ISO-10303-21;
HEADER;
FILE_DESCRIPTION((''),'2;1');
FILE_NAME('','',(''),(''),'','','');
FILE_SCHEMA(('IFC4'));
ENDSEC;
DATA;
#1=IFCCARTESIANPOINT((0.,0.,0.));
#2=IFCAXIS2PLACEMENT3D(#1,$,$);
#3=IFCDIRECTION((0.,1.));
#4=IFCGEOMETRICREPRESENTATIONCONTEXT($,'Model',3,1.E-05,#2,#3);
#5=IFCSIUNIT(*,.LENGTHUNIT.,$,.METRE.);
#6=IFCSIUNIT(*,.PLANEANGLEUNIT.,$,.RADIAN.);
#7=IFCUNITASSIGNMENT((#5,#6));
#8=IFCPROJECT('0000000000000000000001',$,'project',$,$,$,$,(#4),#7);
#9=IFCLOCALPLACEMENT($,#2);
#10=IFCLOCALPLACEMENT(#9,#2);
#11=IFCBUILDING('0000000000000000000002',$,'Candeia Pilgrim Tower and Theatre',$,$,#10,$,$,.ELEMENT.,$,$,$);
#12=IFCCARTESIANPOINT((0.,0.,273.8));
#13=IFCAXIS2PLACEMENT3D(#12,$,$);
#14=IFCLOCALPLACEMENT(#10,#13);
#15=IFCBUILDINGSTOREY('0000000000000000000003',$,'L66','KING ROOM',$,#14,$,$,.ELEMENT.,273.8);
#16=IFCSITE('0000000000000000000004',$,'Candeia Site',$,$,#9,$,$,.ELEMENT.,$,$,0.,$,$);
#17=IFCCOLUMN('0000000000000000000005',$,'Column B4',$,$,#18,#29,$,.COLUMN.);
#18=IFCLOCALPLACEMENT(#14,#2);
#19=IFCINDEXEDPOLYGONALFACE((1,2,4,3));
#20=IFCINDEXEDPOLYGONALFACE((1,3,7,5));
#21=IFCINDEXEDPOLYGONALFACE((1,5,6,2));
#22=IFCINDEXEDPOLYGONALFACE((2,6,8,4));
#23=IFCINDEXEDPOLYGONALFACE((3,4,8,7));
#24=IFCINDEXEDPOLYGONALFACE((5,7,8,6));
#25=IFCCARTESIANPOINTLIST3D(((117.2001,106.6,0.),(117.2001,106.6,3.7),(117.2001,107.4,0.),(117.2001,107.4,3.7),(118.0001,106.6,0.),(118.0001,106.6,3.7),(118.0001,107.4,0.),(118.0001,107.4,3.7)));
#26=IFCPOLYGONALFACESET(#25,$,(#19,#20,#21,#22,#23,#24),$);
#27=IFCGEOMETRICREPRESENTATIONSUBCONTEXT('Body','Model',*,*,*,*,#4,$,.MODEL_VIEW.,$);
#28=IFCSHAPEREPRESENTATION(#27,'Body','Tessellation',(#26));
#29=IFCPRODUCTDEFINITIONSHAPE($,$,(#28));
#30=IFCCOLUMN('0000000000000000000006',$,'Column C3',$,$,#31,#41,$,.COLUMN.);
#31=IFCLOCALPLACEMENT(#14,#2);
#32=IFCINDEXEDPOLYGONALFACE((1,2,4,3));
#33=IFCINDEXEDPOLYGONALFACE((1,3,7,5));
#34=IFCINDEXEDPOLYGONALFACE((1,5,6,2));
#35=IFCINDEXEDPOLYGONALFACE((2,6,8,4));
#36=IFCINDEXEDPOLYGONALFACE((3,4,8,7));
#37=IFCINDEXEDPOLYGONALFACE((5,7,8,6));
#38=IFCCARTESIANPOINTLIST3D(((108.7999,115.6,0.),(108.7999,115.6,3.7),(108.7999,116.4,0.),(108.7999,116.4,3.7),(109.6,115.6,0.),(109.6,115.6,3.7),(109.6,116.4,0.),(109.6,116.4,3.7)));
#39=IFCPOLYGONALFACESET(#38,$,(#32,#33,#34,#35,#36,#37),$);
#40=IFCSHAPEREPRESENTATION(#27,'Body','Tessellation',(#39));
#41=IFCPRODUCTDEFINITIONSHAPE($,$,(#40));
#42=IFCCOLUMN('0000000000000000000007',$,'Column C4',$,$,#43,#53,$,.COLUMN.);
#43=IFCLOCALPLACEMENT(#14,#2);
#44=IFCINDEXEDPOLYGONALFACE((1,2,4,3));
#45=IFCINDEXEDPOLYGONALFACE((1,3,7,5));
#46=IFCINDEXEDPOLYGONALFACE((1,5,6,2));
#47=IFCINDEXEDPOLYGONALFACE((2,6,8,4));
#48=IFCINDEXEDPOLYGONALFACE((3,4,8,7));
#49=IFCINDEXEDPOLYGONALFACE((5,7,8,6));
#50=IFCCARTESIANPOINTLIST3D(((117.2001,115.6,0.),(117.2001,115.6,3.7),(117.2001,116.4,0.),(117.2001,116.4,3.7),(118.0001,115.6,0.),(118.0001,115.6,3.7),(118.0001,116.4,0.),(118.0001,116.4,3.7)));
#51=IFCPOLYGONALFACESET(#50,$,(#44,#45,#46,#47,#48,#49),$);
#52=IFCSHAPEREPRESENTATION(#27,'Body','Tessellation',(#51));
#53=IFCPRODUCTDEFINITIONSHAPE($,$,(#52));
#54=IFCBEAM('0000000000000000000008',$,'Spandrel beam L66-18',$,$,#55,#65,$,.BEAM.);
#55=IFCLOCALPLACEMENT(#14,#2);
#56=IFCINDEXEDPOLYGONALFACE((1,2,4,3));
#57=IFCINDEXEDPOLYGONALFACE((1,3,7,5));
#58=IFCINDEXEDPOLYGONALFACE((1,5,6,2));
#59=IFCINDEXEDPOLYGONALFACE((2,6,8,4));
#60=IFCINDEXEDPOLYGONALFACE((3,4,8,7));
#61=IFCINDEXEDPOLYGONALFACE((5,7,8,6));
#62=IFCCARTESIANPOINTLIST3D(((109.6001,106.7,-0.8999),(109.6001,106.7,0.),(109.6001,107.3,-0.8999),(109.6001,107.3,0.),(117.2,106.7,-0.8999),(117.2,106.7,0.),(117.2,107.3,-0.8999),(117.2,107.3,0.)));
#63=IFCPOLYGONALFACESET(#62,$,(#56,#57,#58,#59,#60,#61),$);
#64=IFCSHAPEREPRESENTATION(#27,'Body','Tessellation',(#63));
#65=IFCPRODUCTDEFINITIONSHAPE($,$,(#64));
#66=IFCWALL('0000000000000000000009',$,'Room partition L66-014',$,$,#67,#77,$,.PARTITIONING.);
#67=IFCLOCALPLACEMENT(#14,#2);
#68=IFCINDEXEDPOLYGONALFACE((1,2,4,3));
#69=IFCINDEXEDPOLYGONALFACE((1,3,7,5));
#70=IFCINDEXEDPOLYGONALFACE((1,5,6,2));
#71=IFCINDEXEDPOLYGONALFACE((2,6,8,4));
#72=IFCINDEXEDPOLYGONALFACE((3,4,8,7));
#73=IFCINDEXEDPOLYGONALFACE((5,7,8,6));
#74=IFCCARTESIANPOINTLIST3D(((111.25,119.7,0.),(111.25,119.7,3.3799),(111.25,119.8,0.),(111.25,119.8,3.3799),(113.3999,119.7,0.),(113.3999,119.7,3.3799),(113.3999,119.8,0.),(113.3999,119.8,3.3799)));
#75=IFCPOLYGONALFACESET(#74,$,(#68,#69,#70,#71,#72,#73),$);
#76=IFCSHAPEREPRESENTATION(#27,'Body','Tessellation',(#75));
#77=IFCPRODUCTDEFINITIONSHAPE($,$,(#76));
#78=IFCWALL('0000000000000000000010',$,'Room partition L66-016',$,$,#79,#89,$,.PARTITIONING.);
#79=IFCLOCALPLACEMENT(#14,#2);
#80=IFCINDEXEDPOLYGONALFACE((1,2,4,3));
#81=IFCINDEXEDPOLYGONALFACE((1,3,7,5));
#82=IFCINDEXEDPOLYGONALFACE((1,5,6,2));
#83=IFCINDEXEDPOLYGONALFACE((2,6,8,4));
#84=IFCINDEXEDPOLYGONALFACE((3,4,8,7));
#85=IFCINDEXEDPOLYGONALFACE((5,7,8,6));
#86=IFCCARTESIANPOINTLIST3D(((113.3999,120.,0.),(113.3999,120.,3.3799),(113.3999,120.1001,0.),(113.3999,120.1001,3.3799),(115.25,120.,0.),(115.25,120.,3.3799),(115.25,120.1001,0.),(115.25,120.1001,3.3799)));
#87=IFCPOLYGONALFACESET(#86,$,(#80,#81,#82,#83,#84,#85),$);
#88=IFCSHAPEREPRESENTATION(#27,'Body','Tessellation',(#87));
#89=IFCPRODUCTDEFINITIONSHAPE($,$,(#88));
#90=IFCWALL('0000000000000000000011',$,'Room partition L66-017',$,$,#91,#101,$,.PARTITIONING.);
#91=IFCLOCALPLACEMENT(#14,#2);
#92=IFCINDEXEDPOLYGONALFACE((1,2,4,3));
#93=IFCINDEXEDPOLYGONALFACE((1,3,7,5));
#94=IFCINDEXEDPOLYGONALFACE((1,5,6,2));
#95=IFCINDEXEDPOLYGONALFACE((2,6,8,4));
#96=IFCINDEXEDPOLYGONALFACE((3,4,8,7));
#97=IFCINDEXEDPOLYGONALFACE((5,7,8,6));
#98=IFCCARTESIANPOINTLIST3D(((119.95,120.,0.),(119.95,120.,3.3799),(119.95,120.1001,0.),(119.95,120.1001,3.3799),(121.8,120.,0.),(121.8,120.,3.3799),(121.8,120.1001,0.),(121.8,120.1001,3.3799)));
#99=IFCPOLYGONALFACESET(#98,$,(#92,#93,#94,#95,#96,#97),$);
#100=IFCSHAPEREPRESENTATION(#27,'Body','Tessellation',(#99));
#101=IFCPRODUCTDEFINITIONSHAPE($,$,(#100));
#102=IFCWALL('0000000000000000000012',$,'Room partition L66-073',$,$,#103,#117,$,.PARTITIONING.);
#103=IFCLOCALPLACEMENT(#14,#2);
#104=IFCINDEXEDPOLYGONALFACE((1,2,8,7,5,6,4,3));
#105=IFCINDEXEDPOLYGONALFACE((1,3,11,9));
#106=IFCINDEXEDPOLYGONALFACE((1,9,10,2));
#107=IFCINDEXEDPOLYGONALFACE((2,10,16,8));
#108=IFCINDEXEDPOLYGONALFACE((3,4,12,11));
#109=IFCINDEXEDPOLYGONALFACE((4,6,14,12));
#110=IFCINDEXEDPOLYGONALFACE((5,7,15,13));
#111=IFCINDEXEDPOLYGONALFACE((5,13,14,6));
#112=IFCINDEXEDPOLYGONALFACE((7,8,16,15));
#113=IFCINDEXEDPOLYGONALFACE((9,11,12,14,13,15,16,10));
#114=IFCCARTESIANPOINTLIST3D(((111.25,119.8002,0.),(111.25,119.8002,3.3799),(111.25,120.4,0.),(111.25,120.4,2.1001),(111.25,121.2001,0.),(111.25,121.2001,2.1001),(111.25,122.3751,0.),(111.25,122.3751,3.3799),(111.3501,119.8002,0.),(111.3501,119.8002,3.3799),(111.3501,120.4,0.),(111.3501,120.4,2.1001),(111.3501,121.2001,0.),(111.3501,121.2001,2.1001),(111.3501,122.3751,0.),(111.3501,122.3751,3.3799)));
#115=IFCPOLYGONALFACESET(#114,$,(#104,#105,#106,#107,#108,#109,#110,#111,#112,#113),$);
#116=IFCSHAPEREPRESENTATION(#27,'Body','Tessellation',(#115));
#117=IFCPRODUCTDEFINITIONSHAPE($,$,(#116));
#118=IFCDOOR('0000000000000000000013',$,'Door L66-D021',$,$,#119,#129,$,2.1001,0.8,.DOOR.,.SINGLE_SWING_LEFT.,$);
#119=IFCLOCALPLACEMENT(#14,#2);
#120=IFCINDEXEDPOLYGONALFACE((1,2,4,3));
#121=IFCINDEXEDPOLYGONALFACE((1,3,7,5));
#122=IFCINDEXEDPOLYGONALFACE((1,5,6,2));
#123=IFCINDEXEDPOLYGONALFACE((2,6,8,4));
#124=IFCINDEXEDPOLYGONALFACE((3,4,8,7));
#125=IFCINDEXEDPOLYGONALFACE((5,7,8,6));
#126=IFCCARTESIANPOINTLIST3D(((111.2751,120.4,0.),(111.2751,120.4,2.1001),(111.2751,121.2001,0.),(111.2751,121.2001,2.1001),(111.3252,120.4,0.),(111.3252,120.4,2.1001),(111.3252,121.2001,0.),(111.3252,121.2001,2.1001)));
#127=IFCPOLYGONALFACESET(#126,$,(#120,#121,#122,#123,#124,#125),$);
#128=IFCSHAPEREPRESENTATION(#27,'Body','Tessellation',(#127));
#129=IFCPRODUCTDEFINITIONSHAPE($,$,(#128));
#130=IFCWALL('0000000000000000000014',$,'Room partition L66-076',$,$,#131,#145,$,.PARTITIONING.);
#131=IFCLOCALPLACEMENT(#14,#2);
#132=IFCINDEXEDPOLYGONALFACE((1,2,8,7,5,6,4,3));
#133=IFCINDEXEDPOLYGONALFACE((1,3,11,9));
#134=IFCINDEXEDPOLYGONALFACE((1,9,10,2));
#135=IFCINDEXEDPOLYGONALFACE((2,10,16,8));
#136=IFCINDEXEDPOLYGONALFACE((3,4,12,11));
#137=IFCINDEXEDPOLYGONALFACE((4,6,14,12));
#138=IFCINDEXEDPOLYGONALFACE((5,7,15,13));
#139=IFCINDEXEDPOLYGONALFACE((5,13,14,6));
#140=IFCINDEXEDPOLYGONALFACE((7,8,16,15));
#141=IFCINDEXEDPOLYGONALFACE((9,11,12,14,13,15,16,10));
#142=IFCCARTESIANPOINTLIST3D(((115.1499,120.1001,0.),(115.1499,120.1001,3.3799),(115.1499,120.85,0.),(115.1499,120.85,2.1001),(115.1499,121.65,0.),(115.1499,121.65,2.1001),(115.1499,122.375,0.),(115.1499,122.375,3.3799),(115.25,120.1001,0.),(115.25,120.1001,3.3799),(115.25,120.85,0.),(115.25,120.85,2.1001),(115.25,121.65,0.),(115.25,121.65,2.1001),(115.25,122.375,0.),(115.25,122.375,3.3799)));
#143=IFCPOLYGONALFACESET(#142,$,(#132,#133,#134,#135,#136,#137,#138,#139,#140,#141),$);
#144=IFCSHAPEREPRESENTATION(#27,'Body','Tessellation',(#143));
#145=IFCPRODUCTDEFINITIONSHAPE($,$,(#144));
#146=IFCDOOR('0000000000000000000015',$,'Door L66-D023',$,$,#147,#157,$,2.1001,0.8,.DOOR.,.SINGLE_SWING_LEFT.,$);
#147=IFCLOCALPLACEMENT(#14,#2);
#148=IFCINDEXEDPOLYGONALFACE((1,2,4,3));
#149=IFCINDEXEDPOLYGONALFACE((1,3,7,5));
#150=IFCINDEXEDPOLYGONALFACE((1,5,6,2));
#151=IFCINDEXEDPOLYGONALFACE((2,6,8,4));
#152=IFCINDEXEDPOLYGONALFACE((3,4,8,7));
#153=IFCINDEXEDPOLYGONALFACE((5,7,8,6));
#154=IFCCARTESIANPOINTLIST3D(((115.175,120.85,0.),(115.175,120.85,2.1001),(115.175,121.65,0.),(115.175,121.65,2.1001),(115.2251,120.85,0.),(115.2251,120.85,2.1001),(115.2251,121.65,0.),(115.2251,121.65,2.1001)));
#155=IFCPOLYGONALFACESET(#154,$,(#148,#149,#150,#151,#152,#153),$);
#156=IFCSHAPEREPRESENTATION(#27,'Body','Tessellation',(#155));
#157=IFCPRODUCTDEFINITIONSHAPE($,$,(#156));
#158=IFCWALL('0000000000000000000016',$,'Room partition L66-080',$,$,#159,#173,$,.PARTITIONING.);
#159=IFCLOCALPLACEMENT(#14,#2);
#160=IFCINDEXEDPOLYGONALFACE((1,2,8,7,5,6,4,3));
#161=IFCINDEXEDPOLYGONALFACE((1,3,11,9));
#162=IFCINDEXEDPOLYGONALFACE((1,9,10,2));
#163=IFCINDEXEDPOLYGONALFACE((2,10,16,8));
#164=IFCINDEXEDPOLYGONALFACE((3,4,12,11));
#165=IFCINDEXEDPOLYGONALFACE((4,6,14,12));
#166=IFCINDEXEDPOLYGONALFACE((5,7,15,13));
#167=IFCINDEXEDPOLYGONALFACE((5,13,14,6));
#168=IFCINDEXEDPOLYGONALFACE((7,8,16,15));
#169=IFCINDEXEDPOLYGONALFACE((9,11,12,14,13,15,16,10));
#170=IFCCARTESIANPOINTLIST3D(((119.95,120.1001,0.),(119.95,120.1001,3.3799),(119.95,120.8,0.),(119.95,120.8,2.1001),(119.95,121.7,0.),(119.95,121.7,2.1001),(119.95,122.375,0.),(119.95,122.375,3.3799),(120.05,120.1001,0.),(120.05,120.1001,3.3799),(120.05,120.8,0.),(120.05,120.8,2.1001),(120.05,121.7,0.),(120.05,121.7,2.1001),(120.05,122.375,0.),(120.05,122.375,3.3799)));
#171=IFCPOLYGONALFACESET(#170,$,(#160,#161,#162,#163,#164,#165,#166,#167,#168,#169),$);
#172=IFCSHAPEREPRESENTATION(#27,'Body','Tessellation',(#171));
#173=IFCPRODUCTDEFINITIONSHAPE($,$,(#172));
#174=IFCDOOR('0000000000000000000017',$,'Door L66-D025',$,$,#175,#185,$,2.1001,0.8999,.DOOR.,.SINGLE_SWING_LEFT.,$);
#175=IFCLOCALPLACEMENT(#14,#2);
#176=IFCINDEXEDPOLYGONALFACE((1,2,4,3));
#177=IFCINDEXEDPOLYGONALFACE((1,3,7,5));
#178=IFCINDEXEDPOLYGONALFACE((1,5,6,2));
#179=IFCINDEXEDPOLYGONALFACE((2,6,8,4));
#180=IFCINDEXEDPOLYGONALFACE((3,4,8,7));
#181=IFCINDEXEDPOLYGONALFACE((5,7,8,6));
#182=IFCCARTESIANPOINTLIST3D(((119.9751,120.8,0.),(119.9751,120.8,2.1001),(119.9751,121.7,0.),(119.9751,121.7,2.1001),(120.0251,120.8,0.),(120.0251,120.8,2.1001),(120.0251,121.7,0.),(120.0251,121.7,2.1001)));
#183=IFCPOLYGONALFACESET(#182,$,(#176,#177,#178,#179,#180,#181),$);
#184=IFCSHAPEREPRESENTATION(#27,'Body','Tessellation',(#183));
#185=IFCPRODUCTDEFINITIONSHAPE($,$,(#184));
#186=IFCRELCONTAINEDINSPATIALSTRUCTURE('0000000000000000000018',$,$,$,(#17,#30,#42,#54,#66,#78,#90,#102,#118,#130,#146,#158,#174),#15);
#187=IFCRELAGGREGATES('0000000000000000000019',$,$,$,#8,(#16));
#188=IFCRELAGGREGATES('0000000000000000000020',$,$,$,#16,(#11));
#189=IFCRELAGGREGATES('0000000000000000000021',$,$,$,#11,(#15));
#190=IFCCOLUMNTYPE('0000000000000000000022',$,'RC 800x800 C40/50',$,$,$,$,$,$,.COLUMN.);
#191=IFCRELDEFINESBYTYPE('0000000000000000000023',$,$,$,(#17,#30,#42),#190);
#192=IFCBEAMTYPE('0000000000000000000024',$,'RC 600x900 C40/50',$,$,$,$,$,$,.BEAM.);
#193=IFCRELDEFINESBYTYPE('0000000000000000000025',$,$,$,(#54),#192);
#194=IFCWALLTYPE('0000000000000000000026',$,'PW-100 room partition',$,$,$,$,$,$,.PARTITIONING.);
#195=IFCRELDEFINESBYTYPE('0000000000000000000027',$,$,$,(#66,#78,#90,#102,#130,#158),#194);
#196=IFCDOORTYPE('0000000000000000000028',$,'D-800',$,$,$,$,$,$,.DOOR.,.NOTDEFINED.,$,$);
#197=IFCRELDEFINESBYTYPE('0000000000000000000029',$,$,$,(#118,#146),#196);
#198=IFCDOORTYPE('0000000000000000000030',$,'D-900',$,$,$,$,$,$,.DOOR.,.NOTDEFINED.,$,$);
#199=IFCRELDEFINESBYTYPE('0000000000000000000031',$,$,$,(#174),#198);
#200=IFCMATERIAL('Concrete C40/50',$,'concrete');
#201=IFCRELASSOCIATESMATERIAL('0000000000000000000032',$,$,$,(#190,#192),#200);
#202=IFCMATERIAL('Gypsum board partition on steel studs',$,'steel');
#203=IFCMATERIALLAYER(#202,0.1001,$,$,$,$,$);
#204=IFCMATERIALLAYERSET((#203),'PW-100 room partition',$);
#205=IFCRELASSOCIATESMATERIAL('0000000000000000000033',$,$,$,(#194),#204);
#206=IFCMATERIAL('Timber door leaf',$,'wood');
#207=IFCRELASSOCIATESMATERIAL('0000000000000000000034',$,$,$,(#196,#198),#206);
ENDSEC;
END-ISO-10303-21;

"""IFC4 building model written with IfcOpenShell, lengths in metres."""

from ifc_helpers import new_model, si_unit, direction, frame, frame_2d, origin, origin_2d, place, context, subcontext, project, spatial, rectangle, extrude, material, layer, layer_set, material_profile, profile_set, type_object, element, fill, save


model = new_model("IFC4")

# Units and contexts
model_context = context("Model", 3, precision=1e-05, world=origin(), true_north=direction((0.0, 1.0)))
body_context = subcontext(model_context, "Body", "Model", "MODEL_VIEW")
ifc_project = project(units=[si_unit("LENGTHUNIT", "METRE"), si_unit("PLANEANGLEUNIT", "RADIAN")], contexts=[model_context])

# Site, building, storey
site_placement = place(None, origin())
site = spatial("IfcSite", under=ifc_project, at=site_placement, Name="Candeia Site", CompositionType="ELEMENT", RefElevation=0.0)
building_placement = place(site_placement, origin())
building = spatial("IfcBuilding", under=site, at=building_placement, Name="Candeia Pilgrim Tower and Theatre", CompositionType="ELEMENT")
storey_placement = place(building_placement, frame((0.0, 0.0, 273.8)))
storey = spatial("IfcBuildingStorey", under=building, at=storey_placement, Name="L66", Description="KING ROOM", CompositionType="ELEMENT", Elevation=273.8)

# Columns
ifc_material_1 = material(Name="Concrete C40/50", Category="concrete")
ifc_material_profile_1 = material_profile(ifc_material_1, rectangle(XDim=0.8, YDim=0.8, at=origin_2d()))
ifc_profile_set_1 = profile_set([ifc_material_profile_1], Name="Concrete C40/50")
column_type = type_object("IfcColumnType", Name="RC 800x800 C40/50", PredefinedType="COLUMN", material=ifc_profile_set_1)
for number, where, z_axis, x_axis, name in (
    (1, (117.6001, 107.0, 0.0), (0.0, 0.0, 1.0), (1.0, 0.0, 0.0), "Column B4"),
    (2, (109.2, 116.0, 0.0), (0.0, 0.0, 1.0), (1.0, 0.0, 0.0), "Column C3"),
    (3, (117.6001, 116.0, 0.0), (0.0, 0.0, 1.0), (1.0, 0.0, 0.0), "Column C4"),
):
    element("IfcColumn", number, at=place(storey_placement, frame(where, z_axis=z_axis, x_axis=x_axis)), inside=storey, type_object=column_type, Name=name, PredefinedType="COLUMN", context=body_context, shape_type="SweptSolid", body=[
        extrude(rectangle(XDim=0.8, YDim=0.8, at=origin_2d()), origin(), (0.0, 0.0, 1.0), 3.7),
    ])

# Beam
ifc_material_profile_2 = material_profile(ifc_material_1, rectangle(XDim=0.6001, YDim=0.8999, at=origin_2d()))
ifc_profile_set_2 = profile_set([ifc_material_profile_2], Name="Concrete C40/50")
beam_type = type_object("IfcBeamType", Name="RC 600x900 C40/50", PredefinedType="BEAM", material=ifc_profile_set_2)
beam_placement = place(storey_placement, frame((117.2, 107.0, -0.45), z_axis=(-1.0, 0.0, 0.0), x_axis=(0.0, -1.0, 0.0)))
element("IfcBeam", 4, at=beam_placement, inside=storey, type_object=beam_type, Name="Spandrel beam L66-18", PredefinedType="BEAM", context=body_context, shape_type="SweptSolid", body=[
    extrude(rectangle(XDim=0.6001, YDim=0.8999, at=origin_2d()), origin(), (0.0, 0.0, 1.0), 7.5999),
])

# Walls
ifc_material_2 = material(Name="Gypsum board partition on steel studs", Category="steel")
ifc_layer_1 = layer(ifc_material_2, 0.1001)
ifc_layer_set_1 = layer_set([ifc_layer_1], Name="PW-100 room partition")
wall_type_1 = type_object("IfcWallType", Name="PW-100 room partition", PredefinedType="PARTITIONING", material=ifc_layer_set_1)
wall_1_placement = place(storey_placement, frame((111.25, 119.75, 0.0), z_axis=(0.0, 0.0, 1.0), x_axis=(1.0, 0.0, 0.0)))
element("IfcWall", 5, at=wall_1_placement, inside=storey, type_object=wall_type_1, Name="Room partition L66-014", PredefinedType="PARTITIONING", context=body_context, shape_type="SweptSolid", body=[
    extrude(rectangle(XDim=2.1499, YDim=0.1001, at=frame_2d((1.075, 0.0))), origin(), (0.0, 0.0, 1.0), 3.3799),
])
for number, where, z_axis, x_axis, name in (
    (6, (113.3999, 120.05, 0.0), (0.0, 0.0, 1.0), (1.0, 0.0, 0.0), "Room partition L66-016"),
    (7, (119.95, 120.05, 0.0), (0.0, 0.0, 1.0), (1.0, 0.0, 0.0), "Room partition L66-017"),
):
    element("IfcWall", number, at=place(storey_placement, frame(where, z_axis=z_axis, x_axis=x_axis)), inside=storey, type_object=wall_type_1, Name=name, PredefinedType="PARTITIONING", context=body_context, shape_type="SweptSolid", body=[
        extrude(rectangle(XDim=1.8501, YDim=0.1001, at=frame_2d((0.925, 0.0))), origin(), (0.0, 0.0, 1.0), 3.3799),
    ])

# Walls, openings, doors
wall_2_placement = place(storey_placement, frame((111.3, 119.8, 0.0), z_axis=(0.0, 0.0, 1.0), x_axis=(0.0, 1.0, 0.0)))
wall_2 = element("IfcWall", 8, at=wall_2_placement, inside=storey, type_object=wall_type_1, Name="Room partition L66-073", PredefinedType="PARTITIONING", context=body_context, shape_type="SweptSolid", body=[
    extrude(rectangle(XDim=2.575, YDim=0.1001, at=frame_2d((1.2876, 0.0))), origin(), (0.0, 0.0, 1.0), 3.3799),
])
opening_1_placement = place(wall_2_placement, frame((0.6001, 0.0, 0.0)))
opening_1 = element("IfcOpeningElement", 9, at=opening_1_placement, cuts=wall_2, PredefinedType="OPENING", context=body_context, shape_type="SweptSolid", body=[
    extrude(rectangle(XDim=0.8, YDim=2.1001, at=frame_2d((0.3999, 1.05))), frame((0.0, 0.0601, 0.0), z_axis=(0.0, -1.0, 0.0), x_axis=(1.0, 0.0, 0.0)), (0.0, 0.0, 1.0), 0.1201),
])
ifc_material_3 = material(Name="Timber door leaf", Category="wood")
door_type_1 = type_object("IfcDoorType", Name="D-800", OperationType="NOTDEFINED", PredefinedType="DOOR", material=ifc_material_3)
door_1_placement = place(opening_1_placement, origin())
door_1 = element("IfcDoor", 10, at=door_1_placement, inside=storey, type_object=door_type_1, Name="Door L66-D021", OperationType="SINGLE_SWING_LEFT", OverallHeight=2.1001, OverallWidth=0.8, PredefinedType="DOOR", context=body_context, shape_type="SweptSolid", body=[
    extrude(rectangle(XDim=0.8, YDim=2.1001, at=frame_2d((0.3999, 1.05))), frame((0.0, 0.0249, 0.0), z_axis=(0.0, -1.0, 0.0), x_axis=(1.0, 0.0, 0.0)), (0.0, 0.0, 1.0), 0.05),
])
fill(opening_1, door_1)
wall_3_placement = place(storey_placement, frame((115.2, 120.1001, 0.0), z_axis=(0.0, 0.0, 1.0), x_axis=(0.0, 1.0, 0.0)))
wall_3 = element("IfcWall", 11, at=wall_3_placement, inside=storey, type_object=wall_type_1, Name="Room partition L66-076", PredefinedType="PARTITIONING", context=body_context, shape_type="SweptSolid", body=[
    extrude(rectangle(XDim=2.2749, YDim=0.1001, at=frame_2d((1.1375, 0.0))), origin(), (0.0, 0.0, 1.0), 3.3799),
])
opening_2_placement = place(wall_3_placement, frame((0.75, 0.0, 0.0)))
opening_2 = element("IfcOpeningElement", 12, at=opening_2_placement, cuts=wall_3, PredefinedType="OPENING", context=body_context, shape_type="SweptSolid", body=[
    extrude(rectangle(XDim=0.8, YDim=2.1001, at=frame_2d((0.3999, 1.05))), frame((0.0, 0.0601, 0.0), z_axis=(0.0, -1.0, 0.0), x_axis=(1.0, 0.0, 0.0)), (0.0, 0.0, 1.0), 0.1201),
])
door_2_placement = place(opening_2_placement, origin())
door_2 = element("IfcDoor", 13, at=door_2_placement, inside=storey, type_object=door_type_1, Name="Door L66-D023", OperationType="SINGLE_SWING_LEFT", OverallHeight=2.1001, OverallWidth=0.8, PredefinedType="DOOR", context=body_context, shape_type="SweptSolid", body=[
    extrude(rectangle(XDim=0.8, YDim=2.1001, at=frame_2d((0.3999, 1.05))), frame((0.0, 0.0249, 0.0), z_axis=(0.0, -1.0, 0.0), x_axis=(1.0, 0.0, 0.0)), (0.0, 0.0, 1.0), 0.05),
])
fill(opening_2, door_2)
wall_4_placement = place(storey_placement, frame((120.0, 120.1001, 0.0), z_axis=(0.0, 0.0, 1.0), x_axis=(0.0, 1.0, 0.0)))
wall_4 = element("IfcWall", 14, at=wall_4_placement, inside=storey, type_object=wall_type_1, Name="Room partition L66-080", PredefinedType="PARTITIONING", context=body_context, shape_type="SweptSolid", body=[
    extrude(rectangle(XDim=2.2749, YDim=0.1001, at=frame_2d((1.1375, 0.0))), origin(), (0.0, 0.0, 1.0), 3.3799),
])
opening_3_placement = place(wall_4_placement, frame((0.7, 0.0, 0.0)))
opening_3 = element("IfcOpeningElement", 15, at=opening_3_placement, cuts=wall_4, PredefinedType="OPENING", context=body_context, shape_type="SweptSolid", body=[
    extrude(rectangle(XDim=0.8999, YDim=2.1001, at=frame_2d((0.45, 1.05))), frame((0.0, 0.0601, 0.0), z_axis=(0.0, -1.0, 0.0), x_axis=(1.0, 0.0, 0.0)), (0.0, 0.0, 1.0), 0.1201),
])
door_type_2 = type_object("IfcDoorType", Name="D-900", OperationType="NOTDEFINED", PredefinedType="DOOR", material=ifc_material_3)
door_3_placement = place(opening_3_placement, origin())
door_3 = element("IfcDoor", 16, at=door_3_placement, inside=storey, type_object=door_type_2, Name="Door L66-D025", OperationType="SINGLE_SWING_LEFT", OverallHeight=2.1001, OverallWidth=0.8999, PredefinedType="DOOR", context=body_context, shape_type="SweptSolid", body=[
    extrude(rectangle(XDim=0.8999, YDim=2.1001, at=frame_2d((0.45, 1.05))), frame((0.0, 0.0249, 0.0), z_axis=(0.0, -1.0, 0.0), x_axis=(1.0, 0.0, 0.0)), (0.0, 0.0, 1.0), 0.05),
])
fill(opening_3, door_3)

save(model, "model.ifc")
